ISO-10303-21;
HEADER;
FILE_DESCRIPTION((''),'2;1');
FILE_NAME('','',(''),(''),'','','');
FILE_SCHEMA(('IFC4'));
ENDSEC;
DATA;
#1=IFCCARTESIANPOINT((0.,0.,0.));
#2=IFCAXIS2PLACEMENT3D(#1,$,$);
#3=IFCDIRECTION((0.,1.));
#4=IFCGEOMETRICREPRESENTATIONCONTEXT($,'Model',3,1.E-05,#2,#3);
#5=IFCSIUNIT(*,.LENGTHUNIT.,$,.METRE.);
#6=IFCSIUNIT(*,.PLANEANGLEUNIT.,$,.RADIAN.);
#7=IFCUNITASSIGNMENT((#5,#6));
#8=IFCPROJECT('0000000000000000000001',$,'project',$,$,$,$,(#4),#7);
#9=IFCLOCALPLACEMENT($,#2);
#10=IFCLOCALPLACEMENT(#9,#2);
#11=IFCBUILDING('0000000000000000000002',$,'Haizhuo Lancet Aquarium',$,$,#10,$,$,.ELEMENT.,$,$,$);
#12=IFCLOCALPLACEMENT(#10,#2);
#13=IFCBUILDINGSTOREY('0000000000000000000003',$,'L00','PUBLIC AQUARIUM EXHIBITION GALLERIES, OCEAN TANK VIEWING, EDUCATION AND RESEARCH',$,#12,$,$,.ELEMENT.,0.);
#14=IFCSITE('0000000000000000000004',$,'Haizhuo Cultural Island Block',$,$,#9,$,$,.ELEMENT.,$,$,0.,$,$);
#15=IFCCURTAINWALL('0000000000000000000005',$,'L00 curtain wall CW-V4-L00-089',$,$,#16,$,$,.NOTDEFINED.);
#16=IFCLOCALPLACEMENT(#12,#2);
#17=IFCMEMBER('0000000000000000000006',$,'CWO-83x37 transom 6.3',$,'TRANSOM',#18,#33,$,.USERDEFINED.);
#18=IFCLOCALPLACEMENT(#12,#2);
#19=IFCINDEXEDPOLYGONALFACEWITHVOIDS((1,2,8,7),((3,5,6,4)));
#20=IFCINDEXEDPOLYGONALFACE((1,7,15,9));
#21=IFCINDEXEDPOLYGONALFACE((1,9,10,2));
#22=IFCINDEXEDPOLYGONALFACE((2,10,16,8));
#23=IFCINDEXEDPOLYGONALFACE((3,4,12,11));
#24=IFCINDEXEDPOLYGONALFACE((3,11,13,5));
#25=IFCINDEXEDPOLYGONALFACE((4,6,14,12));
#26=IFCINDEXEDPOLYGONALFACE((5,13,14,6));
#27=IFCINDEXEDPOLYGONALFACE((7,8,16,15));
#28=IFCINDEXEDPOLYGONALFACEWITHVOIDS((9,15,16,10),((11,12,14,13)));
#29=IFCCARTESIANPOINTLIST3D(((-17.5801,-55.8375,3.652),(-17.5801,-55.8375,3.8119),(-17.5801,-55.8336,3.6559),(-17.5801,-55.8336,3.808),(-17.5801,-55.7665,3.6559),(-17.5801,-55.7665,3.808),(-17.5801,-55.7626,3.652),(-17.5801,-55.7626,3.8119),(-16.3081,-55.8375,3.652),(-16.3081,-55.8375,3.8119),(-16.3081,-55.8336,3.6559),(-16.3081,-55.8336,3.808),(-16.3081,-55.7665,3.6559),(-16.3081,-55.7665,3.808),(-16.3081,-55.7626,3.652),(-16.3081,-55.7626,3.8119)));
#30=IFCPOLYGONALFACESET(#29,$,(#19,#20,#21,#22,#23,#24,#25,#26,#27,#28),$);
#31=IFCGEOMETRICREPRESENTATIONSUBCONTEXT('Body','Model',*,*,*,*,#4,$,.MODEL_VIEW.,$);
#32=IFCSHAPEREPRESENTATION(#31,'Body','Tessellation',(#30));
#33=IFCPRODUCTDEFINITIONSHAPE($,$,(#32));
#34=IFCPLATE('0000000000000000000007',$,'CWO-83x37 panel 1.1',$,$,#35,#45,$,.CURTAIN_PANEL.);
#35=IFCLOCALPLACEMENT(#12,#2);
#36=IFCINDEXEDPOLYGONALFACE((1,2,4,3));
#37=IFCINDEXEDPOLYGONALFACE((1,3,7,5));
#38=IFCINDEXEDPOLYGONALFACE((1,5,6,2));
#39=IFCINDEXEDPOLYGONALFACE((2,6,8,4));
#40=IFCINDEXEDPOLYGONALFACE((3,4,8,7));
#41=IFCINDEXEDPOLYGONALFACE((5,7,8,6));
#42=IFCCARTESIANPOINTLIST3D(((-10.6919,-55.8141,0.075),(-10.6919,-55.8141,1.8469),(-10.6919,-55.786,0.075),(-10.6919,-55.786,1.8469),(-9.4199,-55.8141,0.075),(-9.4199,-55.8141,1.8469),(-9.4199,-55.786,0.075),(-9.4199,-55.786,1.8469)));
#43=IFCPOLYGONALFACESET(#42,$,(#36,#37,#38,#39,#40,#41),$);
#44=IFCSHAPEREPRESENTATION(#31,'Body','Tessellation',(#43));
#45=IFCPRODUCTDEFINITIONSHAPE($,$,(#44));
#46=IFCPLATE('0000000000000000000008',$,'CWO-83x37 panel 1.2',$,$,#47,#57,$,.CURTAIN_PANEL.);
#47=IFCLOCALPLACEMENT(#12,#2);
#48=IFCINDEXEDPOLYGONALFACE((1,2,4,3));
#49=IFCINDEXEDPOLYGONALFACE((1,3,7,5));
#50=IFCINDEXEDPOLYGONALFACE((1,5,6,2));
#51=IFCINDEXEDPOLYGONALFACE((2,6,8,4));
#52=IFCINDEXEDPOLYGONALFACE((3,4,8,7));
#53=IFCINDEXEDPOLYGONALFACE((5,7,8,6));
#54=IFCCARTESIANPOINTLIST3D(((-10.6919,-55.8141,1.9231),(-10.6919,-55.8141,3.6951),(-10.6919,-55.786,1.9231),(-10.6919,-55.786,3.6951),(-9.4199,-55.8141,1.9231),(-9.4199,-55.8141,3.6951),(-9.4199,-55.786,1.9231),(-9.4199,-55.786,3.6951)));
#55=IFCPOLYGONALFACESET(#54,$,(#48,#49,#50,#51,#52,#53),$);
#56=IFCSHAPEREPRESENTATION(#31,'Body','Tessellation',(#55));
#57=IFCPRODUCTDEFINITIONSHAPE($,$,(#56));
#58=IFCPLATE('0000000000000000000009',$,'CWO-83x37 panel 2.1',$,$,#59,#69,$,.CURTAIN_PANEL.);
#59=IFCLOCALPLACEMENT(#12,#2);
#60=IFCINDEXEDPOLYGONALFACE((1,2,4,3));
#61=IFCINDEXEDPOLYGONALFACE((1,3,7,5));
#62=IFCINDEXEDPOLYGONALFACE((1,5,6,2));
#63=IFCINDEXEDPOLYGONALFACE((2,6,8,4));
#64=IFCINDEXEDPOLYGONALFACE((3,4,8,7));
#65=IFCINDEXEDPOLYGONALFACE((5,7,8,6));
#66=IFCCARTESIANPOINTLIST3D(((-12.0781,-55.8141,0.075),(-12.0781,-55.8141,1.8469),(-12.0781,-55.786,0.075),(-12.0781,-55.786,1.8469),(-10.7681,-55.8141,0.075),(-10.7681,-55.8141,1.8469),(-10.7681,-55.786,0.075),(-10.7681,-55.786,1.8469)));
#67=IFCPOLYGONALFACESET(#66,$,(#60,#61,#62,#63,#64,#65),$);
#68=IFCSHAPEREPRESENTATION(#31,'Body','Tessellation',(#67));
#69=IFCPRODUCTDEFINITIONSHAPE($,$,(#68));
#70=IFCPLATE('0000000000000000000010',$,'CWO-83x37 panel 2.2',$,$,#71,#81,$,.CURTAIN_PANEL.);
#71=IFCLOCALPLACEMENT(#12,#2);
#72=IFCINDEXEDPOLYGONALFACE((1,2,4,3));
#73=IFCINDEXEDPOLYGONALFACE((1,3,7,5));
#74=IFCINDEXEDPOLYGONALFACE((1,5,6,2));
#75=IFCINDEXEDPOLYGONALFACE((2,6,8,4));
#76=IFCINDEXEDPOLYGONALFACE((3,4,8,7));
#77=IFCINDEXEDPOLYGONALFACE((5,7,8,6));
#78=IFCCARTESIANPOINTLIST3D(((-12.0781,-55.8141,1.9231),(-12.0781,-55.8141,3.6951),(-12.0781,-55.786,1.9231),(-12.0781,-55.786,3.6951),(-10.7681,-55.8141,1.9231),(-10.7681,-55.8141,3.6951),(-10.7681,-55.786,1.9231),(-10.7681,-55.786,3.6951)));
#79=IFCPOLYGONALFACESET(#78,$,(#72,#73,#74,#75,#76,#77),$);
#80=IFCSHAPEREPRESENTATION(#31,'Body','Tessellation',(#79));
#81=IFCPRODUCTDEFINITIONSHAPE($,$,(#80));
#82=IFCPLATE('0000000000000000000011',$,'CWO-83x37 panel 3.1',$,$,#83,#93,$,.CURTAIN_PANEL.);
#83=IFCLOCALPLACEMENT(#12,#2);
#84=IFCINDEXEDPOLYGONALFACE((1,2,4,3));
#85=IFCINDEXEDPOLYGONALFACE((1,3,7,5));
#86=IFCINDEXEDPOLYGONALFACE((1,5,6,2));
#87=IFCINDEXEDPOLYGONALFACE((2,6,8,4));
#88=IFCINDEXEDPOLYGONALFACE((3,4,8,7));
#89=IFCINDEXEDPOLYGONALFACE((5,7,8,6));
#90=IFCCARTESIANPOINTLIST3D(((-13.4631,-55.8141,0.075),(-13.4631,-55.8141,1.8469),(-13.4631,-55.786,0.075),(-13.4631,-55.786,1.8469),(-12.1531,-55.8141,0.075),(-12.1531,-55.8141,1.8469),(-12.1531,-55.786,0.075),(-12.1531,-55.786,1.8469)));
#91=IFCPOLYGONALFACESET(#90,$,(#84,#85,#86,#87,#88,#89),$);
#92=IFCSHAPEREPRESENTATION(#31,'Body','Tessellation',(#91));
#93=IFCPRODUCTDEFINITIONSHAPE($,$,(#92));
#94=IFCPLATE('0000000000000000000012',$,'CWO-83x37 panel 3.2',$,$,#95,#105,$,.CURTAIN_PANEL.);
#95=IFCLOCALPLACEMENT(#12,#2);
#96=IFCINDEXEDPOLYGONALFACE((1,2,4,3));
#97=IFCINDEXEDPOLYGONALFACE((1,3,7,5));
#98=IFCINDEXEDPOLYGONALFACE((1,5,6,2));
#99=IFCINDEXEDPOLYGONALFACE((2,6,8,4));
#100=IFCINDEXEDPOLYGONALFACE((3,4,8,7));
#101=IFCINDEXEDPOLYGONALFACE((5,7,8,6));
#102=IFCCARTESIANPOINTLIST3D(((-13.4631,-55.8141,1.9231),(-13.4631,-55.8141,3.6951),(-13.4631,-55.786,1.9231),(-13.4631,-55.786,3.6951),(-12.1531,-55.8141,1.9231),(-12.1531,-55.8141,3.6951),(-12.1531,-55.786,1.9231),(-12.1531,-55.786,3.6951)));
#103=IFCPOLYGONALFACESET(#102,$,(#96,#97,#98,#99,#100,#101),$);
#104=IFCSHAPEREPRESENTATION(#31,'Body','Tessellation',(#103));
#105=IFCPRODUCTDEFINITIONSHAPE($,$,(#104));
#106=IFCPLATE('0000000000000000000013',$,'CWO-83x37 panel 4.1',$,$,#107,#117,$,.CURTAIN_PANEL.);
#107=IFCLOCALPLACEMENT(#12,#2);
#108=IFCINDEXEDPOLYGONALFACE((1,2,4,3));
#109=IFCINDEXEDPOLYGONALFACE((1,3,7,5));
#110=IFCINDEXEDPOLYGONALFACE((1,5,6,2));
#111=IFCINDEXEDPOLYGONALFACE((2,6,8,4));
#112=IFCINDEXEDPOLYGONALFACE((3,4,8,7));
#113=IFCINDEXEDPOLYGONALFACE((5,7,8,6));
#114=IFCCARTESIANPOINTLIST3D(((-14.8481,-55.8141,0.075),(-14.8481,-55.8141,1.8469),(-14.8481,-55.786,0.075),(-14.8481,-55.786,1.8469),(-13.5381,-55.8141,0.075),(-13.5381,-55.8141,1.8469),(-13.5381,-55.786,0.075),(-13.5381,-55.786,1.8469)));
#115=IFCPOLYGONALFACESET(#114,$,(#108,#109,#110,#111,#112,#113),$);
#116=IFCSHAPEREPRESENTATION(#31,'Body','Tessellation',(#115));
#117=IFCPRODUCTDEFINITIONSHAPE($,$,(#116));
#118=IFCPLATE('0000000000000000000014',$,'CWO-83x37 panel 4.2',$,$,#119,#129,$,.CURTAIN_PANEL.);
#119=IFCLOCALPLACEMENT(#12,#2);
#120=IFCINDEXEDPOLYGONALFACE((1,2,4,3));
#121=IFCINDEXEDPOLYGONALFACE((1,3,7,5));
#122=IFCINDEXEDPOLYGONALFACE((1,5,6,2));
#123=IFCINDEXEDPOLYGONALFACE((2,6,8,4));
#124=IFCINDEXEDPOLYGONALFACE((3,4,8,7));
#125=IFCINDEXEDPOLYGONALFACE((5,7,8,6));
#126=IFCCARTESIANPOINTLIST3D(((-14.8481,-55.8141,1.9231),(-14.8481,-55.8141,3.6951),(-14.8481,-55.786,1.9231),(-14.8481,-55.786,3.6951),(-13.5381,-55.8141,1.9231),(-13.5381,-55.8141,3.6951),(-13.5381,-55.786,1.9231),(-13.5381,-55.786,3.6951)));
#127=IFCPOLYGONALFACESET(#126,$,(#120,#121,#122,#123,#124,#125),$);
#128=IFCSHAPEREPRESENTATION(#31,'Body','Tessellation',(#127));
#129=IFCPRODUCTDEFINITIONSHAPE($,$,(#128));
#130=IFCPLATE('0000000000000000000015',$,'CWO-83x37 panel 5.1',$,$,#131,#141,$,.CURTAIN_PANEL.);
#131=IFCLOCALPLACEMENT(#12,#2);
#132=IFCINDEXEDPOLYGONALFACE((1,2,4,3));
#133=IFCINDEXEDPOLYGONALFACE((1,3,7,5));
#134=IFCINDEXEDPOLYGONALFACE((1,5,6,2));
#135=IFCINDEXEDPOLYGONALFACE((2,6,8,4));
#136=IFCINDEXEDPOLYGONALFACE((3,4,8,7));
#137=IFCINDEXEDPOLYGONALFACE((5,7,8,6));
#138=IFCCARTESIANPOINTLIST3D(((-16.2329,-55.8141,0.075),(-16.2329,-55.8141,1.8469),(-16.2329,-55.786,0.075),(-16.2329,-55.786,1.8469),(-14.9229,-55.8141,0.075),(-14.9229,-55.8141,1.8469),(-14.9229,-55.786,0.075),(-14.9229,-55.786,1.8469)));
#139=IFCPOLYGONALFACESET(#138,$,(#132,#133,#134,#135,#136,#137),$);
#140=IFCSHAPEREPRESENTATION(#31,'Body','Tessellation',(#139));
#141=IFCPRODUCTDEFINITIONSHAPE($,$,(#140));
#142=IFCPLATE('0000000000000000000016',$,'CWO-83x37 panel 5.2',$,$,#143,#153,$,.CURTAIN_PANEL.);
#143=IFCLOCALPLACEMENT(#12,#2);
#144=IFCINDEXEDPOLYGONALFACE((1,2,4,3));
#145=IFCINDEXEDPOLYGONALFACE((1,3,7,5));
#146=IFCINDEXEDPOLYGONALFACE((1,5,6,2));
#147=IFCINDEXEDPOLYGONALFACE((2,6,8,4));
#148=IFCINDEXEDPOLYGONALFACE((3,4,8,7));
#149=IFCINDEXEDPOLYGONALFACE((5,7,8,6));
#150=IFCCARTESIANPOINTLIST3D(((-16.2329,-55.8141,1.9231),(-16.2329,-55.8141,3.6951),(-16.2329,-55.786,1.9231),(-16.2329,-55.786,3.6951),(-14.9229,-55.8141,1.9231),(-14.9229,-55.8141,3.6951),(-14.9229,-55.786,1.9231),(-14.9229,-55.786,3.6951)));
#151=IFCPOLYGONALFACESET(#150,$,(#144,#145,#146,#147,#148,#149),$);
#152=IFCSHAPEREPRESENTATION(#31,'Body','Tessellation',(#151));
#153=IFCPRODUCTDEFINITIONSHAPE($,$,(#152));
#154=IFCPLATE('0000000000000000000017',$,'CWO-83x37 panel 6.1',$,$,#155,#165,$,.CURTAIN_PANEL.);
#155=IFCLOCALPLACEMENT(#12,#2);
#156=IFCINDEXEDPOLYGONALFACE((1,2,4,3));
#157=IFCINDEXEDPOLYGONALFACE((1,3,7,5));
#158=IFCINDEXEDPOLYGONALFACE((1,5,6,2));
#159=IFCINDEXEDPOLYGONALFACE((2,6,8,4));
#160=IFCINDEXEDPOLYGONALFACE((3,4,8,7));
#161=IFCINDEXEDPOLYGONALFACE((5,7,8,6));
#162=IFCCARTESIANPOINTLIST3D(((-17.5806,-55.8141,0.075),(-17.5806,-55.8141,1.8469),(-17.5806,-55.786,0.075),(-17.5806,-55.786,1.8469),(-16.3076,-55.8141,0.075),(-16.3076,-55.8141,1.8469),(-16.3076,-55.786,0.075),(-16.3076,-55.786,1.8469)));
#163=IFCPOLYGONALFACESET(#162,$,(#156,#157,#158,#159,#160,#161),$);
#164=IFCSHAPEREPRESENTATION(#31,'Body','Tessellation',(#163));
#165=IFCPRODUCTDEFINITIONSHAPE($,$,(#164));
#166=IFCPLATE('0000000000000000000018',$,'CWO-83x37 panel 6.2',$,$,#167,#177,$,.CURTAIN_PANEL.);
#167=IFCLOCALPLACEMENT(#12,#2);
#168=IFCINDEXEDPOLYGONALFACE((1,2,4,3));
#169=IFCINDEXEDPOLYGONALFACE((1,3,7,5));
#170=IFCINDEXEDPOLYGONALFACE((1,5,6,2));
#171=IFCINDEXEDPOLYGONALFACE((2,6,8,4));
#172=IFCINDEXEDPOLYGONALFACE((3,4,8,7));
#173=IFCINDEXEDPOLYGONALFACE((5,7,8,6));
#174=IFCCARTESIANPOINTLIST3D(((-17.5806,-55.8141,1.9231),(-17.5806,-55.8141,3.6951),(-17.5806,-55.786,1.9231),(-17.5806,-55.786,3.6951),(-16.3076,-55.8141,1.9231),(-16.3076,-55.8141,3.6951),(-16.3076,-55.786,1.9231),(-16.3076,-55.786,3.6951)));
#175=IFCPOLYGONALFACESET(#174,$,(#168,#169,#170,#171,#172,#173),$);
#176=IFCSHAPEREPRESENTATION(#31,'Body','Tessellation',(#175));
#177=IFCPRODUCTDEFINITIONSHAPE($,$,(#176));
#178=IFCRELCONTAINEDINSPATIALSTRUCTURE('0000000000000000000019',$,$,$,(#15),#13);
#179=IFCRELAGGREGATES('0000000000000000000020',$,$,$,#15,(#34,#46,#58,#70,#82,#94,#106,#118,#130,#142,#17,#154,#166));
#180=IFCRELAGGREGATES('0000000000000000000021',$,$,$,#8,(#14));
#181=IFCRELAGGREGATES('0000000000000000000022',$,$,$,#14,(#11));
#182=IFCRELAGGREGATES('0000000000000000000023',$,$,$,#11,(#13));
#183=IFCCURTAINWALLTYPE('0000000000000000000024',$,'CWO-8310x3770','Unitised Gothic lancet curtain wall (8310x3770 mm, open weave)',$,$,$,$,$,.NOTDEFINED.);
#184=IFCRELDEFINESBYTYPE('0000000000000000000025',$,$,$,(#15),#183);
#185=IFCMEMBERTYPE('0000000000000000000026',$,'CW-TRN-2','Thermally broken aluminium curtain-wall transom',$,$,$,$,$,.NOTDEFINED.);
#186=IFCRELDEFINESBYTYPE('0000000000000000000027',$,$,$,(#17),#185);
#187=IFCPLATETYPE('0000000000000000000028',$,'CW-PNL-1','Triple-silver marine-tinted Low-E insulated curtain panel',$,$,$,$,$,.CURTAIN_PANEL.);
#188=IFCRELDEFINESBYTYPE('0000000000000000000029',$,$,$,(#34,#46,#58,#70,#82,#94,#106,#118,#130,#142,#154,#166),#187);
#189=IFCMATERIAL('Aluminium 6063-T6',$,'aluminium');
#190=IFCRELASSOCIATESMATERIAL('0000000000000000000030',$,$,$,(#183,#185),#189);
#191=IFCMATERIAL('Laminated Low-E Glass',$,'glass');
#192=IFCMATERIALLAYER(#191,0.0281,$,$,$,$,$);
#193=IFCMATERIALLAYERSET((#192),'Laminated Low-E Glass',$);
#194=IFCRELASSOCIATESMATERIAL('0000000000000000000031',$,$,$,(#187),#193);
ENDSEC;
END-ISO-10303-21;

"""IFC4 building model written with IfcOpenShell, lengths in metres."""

from ifc_helpers import new_model, si_unit, direction, frame, origin, origin_2d, place, context, subcontext, project, spatial, rectangle, hollow_rectangle, extrude, material, layer, layer_set, material_profile, profile_set, type_object, element, aggregate, save


model = new_model("IFC4")

# Units and contexts
model_context = context("Model", 3, precision=1e-05, world=origin(), true_north=direction((0.0, 1.0)))
body_context = subcontext(model_context, "Body", "Model", "MODEL_VIEW")
ifc_project = project(units=[si_unit("LENGTHUNIT", "METRE"), si_unit("PLANEANGLEUNIT", "RADIAN")], contexts=[model_context])

# Site, building, storey
site_placement = place(None, origin())
site = spatial("IfcSite", under=ifc_project, at=site_placement, Name="Haizhuo Cultural Island Block", CompositionType="ELEMENT", RefElevation=0.0)
building_placement = place(site_placement, origin())
building = spatial("IfcBuilding", under=site, at=building_placement, Name="Haizhuo Lancet Aquarium", CompositionType="ELEMENT")
storey_placement = place(building_placement, origin())
storey = spatial("IfcBuildingStorey", under=building, at=storey_placement, Name="L00", Description="PUBLIC AQUARIUM EXHIBITION GALLERIES, OCEAN TANK VIEWING, EDUCATION AND RESEARCH", CompositionType="ELEMENT", Elevation=0.0)

# Curtain wall, member, plates
ifc_material_1 = material(Name="Aluminium 6063-T6", Category="aluminium")
curtain_wall_type = type_object("IfcCurtainWallType", Name="CWO-8310x3770", Description="Unitised Gothic lancet curtain wall (8310x3770 mm, open weave)", PredefinedType="NOTDEFINED", material=ifc_material_1)
curtain_wall_placement = place(storey_placement, origin())
curtain_wall = element("IfcCurtainWall", 1, at=curtain_wall_placement, inside=storey, type_object=curtain_wall_type, Name="L00 curtain wall CW-V4-L00-089", PredefinedType="NOTDEFINED")
ifc_material_profile_1 = material_profile(ifc_material_1, hollow_rectangle(XDim=0.075, YDim=0.1599, WallThickness=0.0039, at=origin_2d()), Name="ALU-T 75x160x4")
ifc_profile_set_1 = profile_set([ifc_material_profile_1], Name="Aluminium 6063-T6")
member_type_1 = type_object("IfcMemberType", Name="CW-TRN-2", Description="Thermally broken aluminium curtain-wall transom", PredefinedType="NOTDEFINED", material=ifc_profile_set_1)
member_1_placement = place(storey_placement, frame((-16.3081, -55.8, 3.7319), z_axis=(-1.0, 0.0, 0.0), x_axis=(0.0, -1.0, 0.0)))
member_1 = element("IfcMember", 2, at=member_1_placement, type_object=member_type_1, Name="CWO-83x37 transom 6.3", ObjectType="TRANSOM", PredefinedType="USERDEFINED", context=body_context, shape_type="SweptSolid", body=[
    extrude(hollow_rectangle(XDim=0.075, YDim=0.1599, WallThickness=0.0039, at=origin_2d()), origin(), (0.0, 0.0, 1.0), 1.272),
])
ifc_material_2 = material(Name="Laminated Low-E Glass", Category="glass")
ifc_layer = layer(ifc_material_2, 0.0281)
ifc_layer_set = layer_set([ifc_layer], Name="Laminated Low-E Glass")
plate_type = type_object("IfcPlateType", Name="CW-PNL-1", Description="Triple-silver marine-tinted Low-E insulated curtain panel", PredefinedType="CURTAIN_PANEL", material=ifc_layer_set)
plate_1_placement = place(storey_placement, frame((-10.0559, -55.8, 0.075), z_axis=(0.0, 0.0, 1.0), x_axis=(-1.0, 0.0, 0.0)))
plate_1 = element("IfcPlate", 3, at=plate_1_placement, type_object=plate_type, Name="CWO-83x37 panel 1.1", PredefinedType="CURTAIN_PANEL", context=body_context, shape_type="SweptSolid", body=[
    extrude(rectangle(XDim=1.272, YDim=0.0281, at=origin_2d()), origin(), (0.0, 0.0, 1.0), 1.772),
])
plate_2_placement = place(storey_placement, frame((-10.0559, -55.8, 1.9231), z_axis=(0.0, 0.0, 1.0), x_axis=(-1.0, 0.0, 0.0)))
plate_2 = element("IfcPlate", 4, at=plate_2_placement, type_object=plate_type, Name="CWO-83x37 panel 1.2", PredefinedType="CURTAIN_PANEL", context=body_context, shape_type="SweptSolid", body=[
    extrude(rectangle(XDim=1.272, YDim=0.0281, at=origin_2d()), origin(), (0.0, 0.0, 1.0), 1.772),
])
plate_3_placement = place(storey_placement, frame((-11.4231, -55.8, 0.075), z_axis=(0.0, 0.0, 1.0), x_axis=(-1.0, 0.0, 0.0)))
plate_3 = element("IfcPlate", 5, at=plate_3_placement, type_object=plate_type, Name="CWO-83x37 panel 2.1", PredefinedType="CURTAIN_PANEL", context=body_context, shape_type="SweptSolid", body=[
    extrude(rectangle(XDim=1.3101, YDim=0.0281, at=origin_2d()), origin(), (0.0, 0.0, 1.0), 1.772),
])
plate_4_placement = place(storey_placement, frame((-11.4231, -55.8, 1.9231), z_axis=(0.0, 0.0, 1.0), x_axis=(-1.0, 0.0, 0.0)))
plate_4 = element("IfcPlate", 6, at=plate_4_placement, type_object=plate_type, Name="CWO-83x37 panel 2.2", PredefinedType="CURTAIN_PANEL", context=body_context, shape_type="SweptSolid", body=[
    extrude(rectangle(XDim=1.3101, YDim=0.0281, at=origin_2d()), origin(), (0.0, 0.0, 1.0), 1.772),
])
plate_5_placement = place(storey_placement, frame((-12.8081, -55.8, 0.075), z_axis=(0.0, 0.0, 1.0), x_axis=(-1.0, 0.0, 0.0)))
plate_5 = element("IfcPlate", 7, at=plate_5_placement, type_object=plate_type, Name="CWO-83x37 panel 3.1", PredefinedType="CURTAIN_PANEL", context=body_context, shape_type="SweptSolid", body=[
    extrude(rectangle(XDim=1.3101, YDim=0.0281, at=origin_2d()), origin(), (0.0, 0.0, 1.0), 1.772),
])
plate_6_placement = place(storey_placement, frame((-12.8081, -55.8, 1.9231), z_axis=(0.0, 0.0, 1.0), x_axis=(-1.0, 0.0, 0.0)))
plate_6 = element("IfcPlate", 8, at=plate_6_placement, type_object=plate_type, Name="CWO-83x37 panel 3.2", PredefinedType="CURTAIN_PANEL", context=body_context, shape_type="SweptSolid", body=[
    extrude(rectangle(XDim=1.3101, YDim=0.0281, at=origin_2d()), origin(), (0.0, 0.0, 1.0), 1.772),
])
plate_7_placement = place(storey_placement, frame((-14.1931, -55.8, 0.075), z_axis=(0.0, 0.0, 1.0), x_axis=(-1.0, 0.0, 0.0)))
plate_7 = element("IfcPlate", 9, at=plate_7_placement, type_object=plate_type, Name="CWO-83x37 panel 4.1", PredefinedType="CURTAIN_PANEL", context=body_context, shape_type="SweptSolid", body=[
    extrude(rectangle(XDim=1.3101, YDim=0.0281, at=origin_2d()), origin(), (0.0, 0.0, 1.0), 1.772),
])
plate_8_placement = place(storey_placement, frame((-14.1931, -55.8, 1.9231), z_axis=(0.0, 0.0, 1.0), x_axis=(-1.0, 0.0, 0.0)))
plate_8 = element("IfcPlate", 10, at=plate_8_placement, type_object=plate_type, Name="CWO-83x37 panel 4.2", PredefinedType="CURTAIN_PANEL", context=body_context, shape_type="SweptSolid", body=[
    extrude(rectangle(XDim=1.3101, YDim=0.0281, at=origin_2d()), origin(), (0.0, 0.0, 1.0), 1.772),
])
plate_9_placement = place(storey_placement, frame((-15.5779, -55.8, 0.075), z_axis=(0.0, 0.0, 1.0), x_axis=(-1.0, 0.0, 0.0)))
plate_9 = element("IfcPlate", 11, at=plate_9_placement, type_object=plate_type, Name="CWO-83x37 panel 5.1", PredefinedType="CURTAIN_PANEL", context=body_context, shape_type="SweptSolid", body=[
    extrude(rectangle(XDim=1.3101, YDim=0.0281, at=origin_2d()), origin(), (0.0, 0.0, 1.0), 1.772),
])
plate_10_placement = place(storey_placement, frame((-15.5779, -55.8, 1.9231), z_axis=(0.0, 0.0, 1.0), x_axis=(-1.0, 0.0, 0.0)))
plate_10 = element("IfcPlate", 12, at=plate_10_placement, type_object=plate_type, Name="CWO-83x37 panel 5.2", PredefinedType="CURTAIN_PANEL", context=body_context, shape_type="SweptSolid", body=[
    extrude(rectangle(XDim=1.3101, YDim=0.0281, at=origin_2d()), origin(), (0.0, 0.0, 1.0), 1.772),
])
plate_11_placement = place(storey_placement, frame((-16.9441, -55.8, 0.075), z_axis=(0.0, 0.0, 1.0), x_axis=(-1.0, 0.0, 0.0)))
plate_11 = element("IfcPlate", 13, at=plate_11_placement, type_object=plate_type, Name="CWO-83x37 panel 6.1", PredefinedType="CURTAIN_PANEL", context=body_context, shape_type="SweptSolid", body=[
    extrude(rectangle(XDim=1.2729, YDim=0.0281, at=origin_2d()), origin(), (0.0, 0.0, 1.0), 1.772),
])
plate_12_placement = place(storey_placement, frame((-16.9441, -55.8, 1.9231), z_axis=(0.0, 0.0, 1.0), x_axis=(-1.0, 0.0, 0.0)))
plate_12 = element("IfcPlate", 14, at=plate_12_placement, type_object=plate_type, Name="CWO-83x37 panel 6.2", PredefinedType="CURTAIN_PANEL", context=body_context, shape_type="SweptSolid", body=[
    extrude(rectangle(XDim=1.2729, YDim=0.0281, at=origin_2d()), origin(), (0.0, 0.0, 1.0), 1.772),
])
aggregate(curtain_wall, [plate_1, plate_2, plate_3, plate_4, plate_5, plate_6, plate_7, plate_8, plate_9, plate_10, member_1, plate_11, plate_12])

save(model, "model.ifc")
